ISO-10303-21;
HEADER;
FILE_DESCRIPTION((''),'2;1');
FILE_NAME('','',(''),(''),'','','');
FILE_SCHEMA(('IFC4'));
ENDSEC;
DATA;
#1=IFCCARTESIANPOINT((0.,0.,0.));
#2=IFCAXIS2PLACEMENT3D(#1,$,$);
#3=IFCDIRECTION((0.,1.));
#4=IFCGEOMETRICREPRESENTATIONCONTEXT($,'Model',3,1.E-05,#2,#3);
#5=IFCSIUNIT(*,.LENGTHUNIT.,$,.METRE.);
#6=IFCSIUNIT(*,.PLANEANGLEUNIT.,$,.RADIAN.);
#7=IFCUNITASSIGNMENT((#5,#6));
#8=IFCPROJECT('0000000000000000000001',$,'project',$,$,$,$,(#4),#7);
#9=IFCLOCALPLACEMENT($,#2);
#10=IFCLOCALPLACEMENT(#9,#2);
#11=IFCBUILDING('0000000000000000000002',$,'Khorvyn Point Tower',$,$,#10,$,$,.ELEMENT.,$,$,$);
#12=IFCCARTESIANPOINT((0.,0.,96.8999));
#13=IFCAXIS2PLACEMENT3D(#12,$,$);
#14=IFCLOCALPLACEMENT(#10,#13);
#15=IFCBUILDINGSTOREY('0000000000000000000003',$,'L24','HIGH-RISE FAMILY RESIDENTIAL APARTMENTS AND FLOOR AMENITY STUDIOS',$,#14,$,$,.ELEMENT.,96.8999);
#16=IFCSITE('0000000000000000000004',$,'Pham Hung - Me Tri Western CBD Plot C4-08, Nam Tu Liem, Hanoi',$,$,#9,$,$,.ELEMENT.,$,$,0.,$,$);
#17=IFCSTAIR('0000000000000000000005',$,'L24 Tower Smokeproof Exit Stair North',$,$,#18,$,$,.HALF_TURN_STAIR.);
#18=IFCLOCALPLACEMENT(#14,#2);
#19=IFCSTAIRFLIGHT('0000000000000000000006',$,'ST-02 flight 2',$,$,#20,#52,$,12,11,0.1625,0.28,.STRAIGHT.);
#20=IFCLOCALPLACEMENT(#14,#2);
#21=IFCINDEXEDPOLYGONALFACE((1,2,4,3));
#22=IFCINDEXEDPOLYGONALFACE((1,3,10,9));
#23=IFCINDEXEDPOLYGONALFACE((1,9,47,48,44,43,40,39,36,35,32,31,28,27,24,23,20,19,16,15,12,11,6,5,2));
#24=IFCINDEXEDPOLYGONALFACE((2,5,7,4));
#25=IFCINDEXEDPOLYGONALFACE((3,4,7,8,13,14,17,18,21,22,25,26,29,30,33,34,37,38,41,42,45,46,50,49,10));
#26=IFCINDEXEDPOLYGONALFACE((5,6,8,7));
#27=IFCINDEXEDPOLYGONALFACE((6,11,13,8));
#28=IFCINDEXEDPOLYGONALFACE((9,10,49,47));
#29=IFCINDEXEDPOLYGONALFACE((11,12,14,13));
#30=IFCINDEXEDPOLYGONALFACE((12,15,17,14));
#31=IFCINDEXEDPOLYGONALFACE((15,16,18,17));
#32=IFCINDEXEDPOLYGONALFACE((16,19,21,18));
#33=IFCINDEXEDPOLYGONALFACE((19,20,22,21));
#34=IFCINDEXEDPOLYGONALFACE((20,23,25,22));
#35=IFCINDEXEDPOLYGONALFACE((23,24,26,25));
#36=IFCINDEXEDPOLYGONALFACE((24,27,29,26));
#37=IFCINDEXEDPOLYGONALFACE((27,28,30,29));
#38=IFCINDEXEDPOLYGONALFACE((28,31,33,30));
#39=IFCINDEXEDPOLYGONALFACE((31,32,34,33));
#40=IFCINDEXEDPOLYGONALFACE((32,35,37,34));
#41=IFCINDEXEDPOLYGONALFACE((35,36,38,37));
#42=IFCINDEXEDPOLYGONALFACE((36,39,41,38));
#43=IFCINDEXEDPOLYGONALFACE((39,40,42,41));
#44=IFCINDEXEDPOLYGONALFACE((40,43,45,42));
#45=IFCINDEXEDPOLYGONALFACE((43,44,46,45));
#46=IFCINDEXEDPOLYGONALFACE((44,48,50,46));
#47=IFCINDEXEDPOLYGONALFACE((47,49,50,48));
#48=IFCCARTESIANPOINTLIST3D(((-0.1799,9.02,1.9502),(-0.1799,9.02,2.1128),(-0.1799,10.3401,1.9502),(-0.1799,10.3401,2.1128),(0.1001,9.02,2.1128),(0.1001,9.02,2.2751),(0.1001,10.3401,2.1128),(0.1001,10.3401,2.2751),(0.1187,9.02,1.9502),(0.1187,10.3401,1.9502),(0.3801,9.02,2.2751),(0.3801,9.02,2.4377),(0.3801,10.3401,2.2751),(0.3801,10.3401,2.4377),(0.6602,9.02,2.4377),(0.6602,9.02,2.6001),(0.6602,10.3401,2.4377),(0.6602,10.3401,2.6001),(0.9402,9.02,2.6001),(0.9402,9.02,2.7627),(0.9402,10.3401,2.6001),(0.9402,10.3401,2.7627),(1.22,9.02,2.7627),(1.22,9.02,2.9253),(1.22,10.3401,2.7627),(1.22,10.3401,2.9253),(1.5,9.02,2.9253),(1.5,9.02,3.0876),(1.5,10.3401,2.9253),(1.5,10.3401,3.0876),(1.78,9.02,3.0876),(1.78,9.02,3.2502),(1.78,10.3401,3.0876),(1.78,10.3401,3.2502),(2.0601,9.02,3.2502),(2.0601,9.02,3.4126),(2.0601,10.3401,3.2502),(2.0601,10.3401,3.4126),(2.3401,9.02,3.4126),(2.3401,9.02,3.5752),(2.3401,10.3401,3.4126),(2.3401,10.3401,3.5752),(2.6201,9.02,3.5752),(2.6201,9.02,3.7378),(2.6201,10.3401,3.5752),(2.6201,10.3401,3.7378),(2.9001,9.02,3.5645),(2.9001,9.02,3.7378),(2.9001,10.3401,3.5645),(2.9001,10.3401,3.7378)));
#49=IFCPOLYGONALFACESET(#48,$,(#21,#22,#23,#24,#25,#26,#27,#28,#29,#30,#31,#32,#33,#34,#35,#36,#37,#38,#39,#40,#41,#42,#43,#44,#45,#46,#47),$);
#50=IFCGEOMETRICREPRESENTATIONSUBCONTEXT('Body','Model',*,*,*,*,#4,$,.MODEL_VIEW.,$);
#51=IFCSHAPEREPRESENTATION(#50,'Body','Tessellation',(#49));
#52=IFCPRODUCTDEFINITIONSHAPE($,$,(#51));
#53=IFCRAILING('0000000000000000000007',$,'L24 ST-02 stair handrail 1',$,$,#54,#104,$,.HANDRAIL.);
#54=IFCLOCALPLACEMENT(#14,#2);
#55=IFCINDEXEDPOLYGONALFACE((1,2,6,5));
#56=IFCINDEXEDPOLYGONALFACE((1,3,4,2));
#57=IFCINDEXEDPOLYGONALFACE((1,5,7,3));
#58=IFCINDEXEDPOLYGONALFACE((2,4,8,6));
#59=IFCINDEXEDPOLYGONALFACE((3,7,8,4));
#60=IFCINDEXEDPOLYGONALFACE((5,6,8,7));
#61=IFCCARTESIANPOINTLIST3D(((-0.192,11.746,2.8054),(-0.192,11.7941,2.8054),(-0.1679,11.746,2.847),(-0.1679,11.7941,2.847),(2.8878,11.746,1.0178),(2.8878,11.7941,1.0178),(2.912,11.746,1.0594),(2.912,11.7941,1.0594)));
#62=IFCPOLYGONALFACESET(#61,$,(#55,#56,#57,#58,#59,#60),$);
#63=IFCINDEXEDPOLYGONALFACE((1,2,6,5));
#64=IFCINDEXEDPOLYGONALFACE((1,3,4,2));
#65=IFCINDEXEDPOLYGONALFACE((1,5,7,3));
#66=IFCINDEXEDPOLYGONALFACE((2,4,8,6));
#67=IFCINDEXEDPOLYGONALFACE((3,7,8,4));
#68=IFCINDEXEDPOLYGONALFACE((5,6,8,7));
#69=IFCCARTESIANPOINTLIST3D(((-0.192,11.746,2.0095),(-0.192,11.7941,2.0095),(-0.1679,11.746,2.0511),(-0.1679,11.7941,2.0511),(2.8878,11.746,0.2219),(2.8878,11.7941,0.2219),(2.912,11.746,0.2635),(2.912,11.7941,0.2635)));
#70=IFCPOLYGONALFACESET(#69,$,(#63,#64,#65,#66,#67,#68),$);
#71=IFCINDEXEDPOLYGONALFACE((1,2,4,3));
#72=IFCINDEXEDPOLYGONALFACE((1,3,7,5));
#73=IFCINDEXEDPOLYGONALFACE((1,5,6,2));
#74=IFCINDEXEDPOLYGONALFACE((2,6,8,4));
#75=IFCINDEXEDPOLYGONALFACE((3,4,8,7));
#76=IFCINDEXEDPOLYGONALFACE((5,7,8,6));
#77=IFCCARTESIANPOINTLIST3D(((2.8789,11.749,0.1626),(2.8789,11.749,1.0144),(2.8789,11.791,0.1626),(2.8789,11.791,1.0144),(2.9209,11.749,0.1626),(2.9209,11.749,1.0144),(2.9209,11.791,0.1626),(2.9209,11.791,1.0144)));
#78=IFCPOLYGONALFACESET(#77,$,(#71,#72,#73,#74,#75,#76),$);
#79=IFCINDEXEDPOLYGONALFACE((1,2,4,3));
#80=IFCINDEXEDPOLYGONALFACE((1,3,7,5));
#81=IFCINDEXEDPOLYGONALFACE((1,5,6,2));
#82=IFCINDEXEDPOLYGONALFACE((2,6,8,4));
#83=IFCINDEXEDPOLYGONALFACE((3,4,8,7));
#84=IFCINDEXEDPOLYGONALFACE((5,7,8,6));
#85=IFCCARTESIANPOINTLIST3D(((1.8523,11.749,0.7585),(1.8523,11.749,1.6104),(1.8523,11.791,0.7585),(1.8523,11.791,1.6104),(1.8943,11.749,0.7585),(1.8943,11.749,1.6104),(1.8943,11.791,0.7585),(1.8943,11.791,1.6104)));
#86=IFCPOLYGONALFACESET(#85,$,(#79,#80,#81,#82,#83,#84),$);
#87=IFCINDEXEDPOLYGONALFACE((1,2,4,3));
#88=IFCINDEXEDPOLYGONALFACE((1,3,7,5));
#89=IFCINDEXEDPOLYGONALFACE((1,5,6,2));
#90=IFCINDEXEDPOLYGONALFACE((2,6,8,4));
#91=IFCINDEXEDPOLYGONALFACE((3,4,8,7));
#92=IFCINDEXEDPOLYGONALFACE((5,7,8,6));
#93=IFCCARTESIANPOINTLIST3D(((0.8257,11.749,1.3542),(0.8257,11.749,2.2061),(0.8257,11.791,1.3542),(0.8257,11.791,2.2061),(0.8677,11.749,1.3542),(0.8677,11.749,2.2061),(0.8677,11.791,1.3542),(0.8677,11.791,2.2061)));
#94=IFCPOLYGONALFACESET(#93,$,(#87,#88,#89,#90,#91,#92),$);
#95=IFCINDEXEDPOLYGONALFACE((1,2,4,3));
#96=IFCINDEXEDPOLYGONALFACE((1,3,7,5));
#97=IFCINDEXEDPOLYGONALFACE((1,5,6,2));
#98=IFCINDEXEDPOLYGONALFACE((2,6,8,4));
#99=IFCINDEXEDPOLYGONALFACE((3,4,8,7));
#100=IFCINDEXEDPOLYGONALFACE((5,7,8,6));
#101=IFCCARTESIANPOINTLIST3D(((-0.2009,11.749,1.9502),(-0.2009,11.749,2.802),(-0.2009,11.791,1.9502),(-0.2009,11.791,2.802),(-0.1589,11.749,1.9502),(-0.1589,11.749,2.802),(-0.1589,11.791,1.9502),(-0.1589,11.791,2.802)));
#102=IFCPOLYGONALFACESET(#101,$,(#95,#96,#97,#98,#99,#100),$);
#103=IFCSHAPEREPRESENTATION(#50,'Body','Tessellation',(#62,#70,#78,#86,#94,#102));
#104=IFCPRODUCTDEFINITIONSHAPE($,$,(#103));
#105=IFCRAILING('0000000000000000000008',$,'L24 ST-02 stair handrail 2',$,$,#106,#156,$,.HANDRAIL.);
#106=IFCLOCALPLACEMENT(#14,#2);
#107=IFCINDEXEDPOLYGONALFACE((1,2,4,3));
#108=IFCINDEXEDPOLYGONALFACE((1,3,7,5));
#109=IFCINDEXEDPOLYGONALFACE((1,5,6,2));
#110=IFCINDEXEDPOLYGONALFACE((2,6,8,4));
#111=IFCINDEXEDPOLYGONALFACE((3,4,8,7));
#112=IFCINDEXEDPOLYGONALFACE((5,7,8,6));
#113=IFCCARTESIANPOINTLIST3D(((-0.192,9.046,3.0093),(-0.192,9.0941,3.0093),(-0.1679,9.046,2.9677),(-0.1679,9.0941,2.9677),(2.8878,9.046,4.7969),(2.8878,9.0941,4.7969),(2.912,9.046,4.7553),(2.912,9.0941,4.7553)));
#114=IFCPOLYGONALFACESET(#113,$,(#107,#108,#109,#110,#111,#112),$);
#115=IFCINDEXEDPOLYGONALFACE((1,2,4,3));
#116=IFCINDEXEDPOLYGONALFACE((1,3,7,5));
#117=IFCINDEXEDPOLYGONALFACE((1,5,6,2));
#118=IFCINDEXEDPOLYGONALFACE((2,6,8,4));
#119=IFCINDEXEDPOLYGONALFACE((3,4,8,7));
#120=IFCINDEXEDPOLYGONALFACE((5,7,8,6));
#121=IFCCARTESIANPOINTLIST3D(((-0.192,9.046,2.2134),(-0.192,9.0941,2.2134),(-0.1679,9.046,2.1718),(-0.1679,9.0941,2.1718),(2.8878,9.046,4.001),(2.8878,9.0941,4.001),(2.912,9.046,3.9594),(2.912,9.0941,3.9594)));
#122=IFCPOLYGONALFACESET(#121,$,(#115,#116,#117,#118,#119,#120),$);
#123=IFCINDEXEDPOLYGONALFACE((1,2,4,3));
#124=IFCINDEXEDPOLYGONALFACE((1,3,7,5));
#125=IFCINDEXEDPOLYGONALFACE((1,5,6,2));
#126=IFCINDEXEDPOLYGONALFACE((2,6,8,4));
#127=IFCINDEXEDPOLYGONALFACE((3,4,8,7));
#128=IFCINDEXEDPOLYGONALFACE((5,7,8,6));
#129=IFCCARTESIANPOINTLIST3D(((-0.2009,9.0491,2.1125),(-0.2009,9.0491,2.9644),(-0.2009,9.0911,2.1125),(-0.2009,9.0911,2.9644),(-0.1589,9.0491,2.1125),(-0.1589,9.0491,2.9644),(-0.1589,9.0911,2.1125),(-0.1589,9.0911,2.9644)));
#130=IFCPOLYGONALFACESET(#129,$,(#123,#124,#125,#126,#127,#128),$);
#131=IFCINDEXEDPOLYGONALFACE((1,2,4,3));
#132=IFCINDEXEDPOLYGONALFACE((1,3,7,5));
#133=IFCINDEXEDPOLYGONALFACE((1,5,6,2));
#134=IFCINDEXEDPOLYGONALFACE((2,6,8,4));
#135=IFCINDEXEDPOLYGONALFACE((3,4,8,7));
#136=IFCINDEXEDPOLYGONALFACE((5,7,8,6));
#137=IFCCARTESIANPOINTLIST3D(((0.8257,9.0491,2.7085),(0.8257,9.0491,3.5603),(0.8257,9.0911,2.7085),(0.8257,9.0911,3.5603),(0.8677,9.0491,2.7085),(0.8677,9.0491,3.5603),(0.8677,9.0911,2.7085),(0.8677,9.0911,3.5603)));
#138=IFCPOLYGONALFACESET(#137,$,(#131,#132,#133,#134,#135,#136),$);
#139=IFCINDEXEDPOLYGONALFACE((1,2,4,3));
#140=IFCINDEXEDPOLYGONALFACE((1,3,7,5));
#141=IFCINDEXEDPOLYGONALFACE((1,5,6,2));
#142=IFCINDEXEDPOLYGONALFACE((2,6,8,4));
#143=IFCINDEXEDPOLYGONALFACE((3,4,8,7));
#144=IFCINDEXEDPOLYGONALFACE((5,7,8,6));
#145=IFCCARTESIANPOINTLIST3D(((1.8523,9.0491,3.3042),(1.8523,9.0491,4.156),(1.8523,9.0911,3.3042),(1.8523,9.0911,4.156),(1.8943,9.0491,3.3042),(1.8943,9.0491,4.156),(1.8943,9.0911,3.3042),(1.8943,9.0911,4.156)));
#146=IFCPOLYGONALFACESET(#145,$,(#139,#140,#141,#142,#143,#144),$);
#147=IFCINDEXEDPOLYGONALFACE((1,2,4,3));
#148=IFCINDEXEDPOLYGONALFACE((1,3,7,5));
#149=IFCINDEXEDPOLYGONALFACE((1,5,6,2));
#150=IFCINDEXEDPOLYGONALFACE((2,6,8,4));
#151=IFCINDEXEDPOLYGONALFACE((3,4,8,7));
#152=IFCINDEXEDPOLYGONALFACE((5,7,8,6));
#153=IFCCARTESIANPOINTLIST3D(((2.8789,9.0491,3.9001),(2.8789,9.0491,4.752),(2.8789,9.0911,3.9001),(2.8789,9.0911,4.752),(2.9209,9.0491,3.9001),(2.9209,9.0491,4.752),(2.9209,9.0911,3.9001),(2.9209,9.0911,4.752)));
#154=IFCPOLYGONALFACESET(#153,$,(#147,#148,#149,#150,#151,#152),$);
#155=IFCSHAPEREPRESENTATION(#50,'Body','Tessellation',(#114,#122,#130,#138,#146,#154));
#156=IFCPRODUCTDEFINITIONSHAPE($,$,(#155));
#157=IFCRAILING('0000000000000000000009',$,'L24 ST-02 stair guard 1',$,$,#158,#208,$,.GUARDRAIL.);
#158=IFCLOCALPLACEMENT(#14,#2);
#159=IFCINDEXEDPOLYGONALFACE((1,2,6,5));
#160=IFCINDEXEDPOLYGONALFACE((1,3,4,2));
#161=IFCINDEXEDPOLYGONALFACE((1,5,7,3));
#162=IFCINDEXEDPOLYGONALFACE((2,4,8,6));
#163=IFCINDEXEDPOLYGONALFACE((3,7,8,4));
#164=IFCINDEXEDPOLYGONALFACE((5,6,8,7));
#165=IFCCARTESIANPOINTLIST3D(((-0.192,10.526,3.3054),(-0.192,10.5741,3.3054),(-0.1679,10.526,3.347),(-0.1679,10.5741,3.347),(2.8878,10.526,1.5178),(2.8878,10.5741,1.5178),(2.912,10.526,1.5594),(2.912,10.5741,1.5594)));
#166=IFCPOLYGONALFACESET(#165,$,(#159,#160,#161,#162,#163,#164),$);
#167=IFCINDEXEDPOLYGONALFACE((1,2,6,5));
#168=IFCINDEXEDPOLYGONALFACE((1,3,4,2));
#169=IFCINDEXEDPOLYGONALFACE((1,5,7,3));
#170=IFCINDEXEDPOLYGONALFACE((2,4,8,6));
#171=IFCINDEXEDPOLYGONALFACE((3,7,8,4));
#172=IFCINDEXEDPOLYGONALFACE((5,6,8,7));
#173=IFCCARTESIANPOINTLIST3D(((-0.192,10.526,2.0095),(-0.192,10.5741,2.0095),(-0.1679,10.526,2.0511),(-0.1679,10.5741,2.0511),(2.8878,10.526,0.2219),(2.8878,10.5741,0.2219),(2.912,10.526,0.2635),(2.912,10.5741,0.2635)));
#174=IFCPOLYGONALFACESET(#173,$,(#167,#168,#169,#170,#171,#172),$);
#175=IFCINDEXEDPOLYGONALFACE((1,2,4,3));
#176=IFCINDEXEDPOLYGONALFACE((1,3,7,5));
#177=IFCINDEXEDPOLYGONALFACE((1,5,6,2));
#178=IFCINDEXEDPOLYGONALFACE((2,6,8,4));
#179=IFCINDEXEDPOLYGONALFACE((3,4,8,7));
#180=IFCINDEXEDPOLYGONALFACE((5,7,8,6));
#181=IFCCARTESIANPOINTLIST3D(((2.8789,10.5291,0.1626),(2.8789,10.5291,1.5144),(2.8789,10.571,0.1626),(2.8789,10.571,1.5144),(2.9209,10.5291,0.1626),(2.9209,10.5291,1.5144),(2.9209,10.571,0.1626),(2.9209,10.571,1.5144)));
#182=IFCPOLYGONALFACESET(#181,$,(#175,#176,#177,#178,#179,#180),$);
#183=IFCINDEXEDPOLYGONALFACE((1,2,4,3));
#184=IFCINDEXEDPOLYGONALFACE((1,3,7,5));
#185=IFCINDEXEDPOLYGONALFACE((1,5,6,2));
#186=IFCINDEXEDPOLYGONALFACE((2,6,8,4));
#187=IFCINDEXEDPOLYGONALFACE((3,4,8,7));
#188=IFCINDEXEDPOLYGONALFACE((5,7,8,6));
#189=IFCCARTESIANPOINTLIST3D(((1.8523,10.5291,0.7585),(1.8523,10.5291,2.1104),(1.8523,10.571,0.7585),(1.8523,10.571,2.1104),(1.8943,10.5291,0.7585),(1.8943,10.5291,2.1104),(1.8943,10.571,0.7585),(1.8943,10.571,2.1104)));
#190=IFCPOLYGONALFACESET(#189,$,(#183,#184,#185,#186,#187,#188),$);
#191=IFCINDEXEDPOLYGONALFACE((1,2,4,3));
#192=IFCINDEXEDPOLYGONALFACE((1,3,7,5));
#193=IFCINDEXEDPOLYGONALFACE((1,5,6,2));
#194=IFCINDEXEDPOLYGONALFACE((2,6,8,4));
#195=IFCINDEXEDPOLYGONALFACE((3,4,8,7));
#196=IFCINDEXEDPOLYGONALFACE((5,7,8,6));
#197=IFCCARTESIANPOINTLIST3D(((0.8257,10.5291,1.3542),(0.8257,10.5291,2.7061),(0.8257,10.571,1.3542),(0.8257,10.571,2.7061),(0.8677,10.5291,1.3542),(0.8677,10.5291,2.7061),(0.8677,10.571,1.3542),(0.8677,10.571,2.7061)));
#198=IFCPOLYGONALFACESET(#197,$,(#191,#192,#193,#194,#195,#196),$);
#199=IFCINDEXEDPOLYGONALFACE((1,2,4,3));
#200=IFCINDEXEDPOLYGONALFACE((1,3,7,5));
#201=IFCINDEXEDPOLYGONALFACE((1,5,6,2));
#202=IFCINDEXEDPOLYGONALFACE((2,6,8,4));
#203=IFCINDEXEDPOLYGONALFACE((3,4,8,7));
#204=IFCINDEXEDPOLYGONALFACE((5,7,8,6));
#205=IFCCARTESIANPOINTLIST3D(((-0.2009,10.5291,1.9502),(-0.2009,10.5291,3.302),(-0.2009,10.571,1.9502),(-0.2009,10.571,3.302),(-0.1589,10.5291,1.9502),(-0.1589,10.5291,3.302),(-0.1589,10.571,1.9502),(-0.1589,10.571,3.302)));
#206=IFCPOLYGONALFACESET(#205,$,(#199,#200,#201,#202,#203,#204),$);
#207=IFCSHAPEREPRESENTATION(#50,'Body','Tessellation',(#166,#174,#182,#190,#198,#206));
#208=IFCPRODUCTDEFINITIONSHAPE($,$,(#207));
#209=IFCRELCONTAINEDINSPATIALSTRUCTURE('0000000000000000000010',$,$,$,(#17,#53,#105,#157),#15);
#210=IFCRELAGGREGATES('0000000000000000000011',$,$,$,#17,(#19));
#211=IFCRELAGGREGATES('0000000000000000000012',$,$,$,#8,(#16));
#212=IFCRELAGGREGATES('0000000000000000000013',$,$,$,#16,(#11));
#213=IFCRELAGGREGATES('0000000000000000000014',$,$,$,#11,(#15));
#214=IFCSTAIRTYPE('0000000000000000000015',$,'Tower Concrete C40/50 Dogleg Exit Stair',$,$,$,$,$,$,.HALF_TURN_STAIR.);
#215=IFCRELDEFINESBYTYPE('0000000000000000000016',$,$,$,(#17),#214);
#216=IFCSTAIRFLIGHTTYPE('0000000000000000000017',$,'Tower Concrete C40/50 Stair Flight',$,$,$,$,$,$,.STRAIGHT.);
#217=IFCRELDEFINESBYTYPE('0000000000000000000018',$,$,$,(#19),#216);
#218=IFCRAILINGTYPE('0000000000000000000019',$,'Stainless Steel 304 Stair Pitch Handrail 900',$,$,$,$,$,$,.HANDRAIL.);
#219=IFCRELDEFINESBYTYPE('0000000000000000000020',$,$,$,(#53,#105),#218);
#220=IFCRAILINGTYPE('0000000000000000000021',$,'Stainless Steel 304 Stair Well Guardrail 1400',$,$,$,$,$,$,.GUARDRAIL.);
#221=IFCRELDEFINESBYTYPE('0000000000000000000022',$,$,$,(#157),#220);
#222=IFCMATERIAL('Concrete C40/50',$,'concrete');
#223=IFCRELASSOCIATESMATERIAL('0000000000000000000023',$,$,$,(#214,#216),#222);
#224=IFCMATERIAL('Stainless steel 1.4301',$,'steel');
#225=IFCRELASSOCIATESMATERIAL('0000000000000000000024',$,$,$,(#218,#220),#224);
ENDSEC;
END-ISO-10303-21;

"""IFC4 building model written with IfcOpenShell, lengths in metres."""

from ifc_helpers import new_model, si_unit, direction, frame, origin, origin_2d, place, context, subcontext, project, spatial, polyline, rectangle, outline, extrude, material, type_object, element, aggregate, save


model = new_model("IFC4")

# Units and contexts
model_context = context("Model", 3, precision=1e-05, world=origin(), true_north=direction((0.0, 1.0)))
body_context = subcontext(model_context, "Body", "Model", "MODEL_VIEW")
ifc_project = project(units=[si_unit("LENGTHUNIT", "METRE"), si_unit("PLANEANGLEUNIT", "RADIAN")], contexts=[model_context])

# Site, building, storey
site_placement = place(None, origin())
site = spatial("IfcSite", under=ifc_project, at=site_placement, Name="Pham Hung - Me Tri Western CBD Plot C4-08, Nam Tu Liem, Hanoi", CompositionType="ELEMENT", RefElevation=0.0)
building_placement = place(site_placement, origin())
building = spatial("IfcBuilding", under=site, at=building_placement, Name="Khorvyn Point Tower", CompositionType="ELEMENT")
storey_placement = place(building_placement, frame((0.0, 0.0, 96.8999)))
storey = spatial("IfcBuildingStorey", under=building, at=storey_placement, Name="L24", Description="HIGH-RISE FAMILY RESIDENTIAL APARTMENTS AND FLOOR AMENITY STUDIOS", CompositionType="ELEMENT", Elevation=96.8999)

# Shared definitions
ifc_material_1 = material(Name="Concrete C40/50", Category="concrete")

# Shared definitions
ifc_material_2 = material(Name="Stainless steel 1.4301", Category="steel")

# Stair, stair flight
stair_type = type_object("IfcStairType", Name="Tower Concrete C40/50 Dogleg Exit Stair", PredefinedType="HALF_TURN_STAIR", material=ifc_material_1)
stair_placement = place(storey_placement, origin())
stair = element("IfcStair", 1, at=stair_placement, inside=storey, type_object=stair_type, Name="L24 Tower Smokeproof Exit Stair North", PredefinedType="HALF_TURN_STAIR")
stair_flight_type = type_object("IfcStairFlightType", Name="Tower Concrete C40/50 Stair Flight", PredefinedType="STRAIGHT", material=ifc_material_1)
stair_flight_1_placement = place(storey_placement, frame((-0.1799, 9.6799, 1.9502), z_axis=(0.0, 0.0, 1.0), x_axis=(1.0, 0.0, 0.0)))
stair_flight_1 = element("IfcStairFlight", 2, at=stair_flight_1_placement, type_object=stair_flight_type, Name="ST-02 flight 2", NumberOfRisers=12, NumberOfTreads=11, PredefinedType="STRAIGHT", RiserHeight=0.1625, TreadLength=0.28, context=body_context, shape_type="SweptSolid", body=[
    extrude(outline(polyline([(0.0, 0.0), (0.0, 0.1626), (0.28, 0.1626), (0.28, 0.325), (0.5601, 0.325), (0.5601, 0.4875), (0.8401, 0.4875), (0.8401, 0.6499), (1.1201, 0.6499), (1.1201, 0.8125), (1.3999, 0.8125), (1.3999, 0.9751), (1.6799, 0.9751), (1.6799, 1.1375), (1.96, 1.1375), (1.96, 1.3), (2.24, 1.3), (2.24, 1.4624), (2.52, 1.4624), (2.52, 1.625), (2.8, 1.625), (2.8, 1.7876), (3.0801, 1.7876), (3.0801, 1.95), (3.0801, 1.6143), (0.2986, 0.0), (0.0, 0.0)])), frame((0.0, 0.6602, 0.0), z_axis=(0.0, -1.0, 0.0), x_axis=(1.0, 0.0, 0.0)), (0.0, 0.0, 1.0), 1.3201),
])
aggregate(stair, [stair_flight_1])

# Railings
railing_type_1 = type_object("IfcRailingType", Name="Stainless Steel 304 Stair Pitch Handrail 900", PredefinedType="HANDRAIL", material=ifc_material_2)
railing_1_placement = place(storey_placement, frame((2.8999, 11.77, 0.1626)))
element("IfcRailing", 3, at=railing_1_placement, inside=storey, type_object=railing_type_1, Name="L24 ST-02 stair handrail 1", PredefinedType="HANDRAIL", context=body_context, shape_type="SweptSolid", body=[
    extrude(rectangle(XDim=0.0481, YDim=0.0481, at=origin_2d()), frame((0.0, 0.0, 0.876), z_axis=(-0.864873, 0.0, 0.50199), x_axis=(0.0, -1.0, 0.0)), (0.0, 0.0, 1.0), 3.561),
    extrude(rectangle(XDim=0.0481, YDim=0.0481, at=origin_2d()), frame((0.0, 0.0, 0.0801), z_axis=(-0.864873, 0.0, 0.50199), x_axis=(0.0, -1.0, 0.0)), (0.0, 0.0, 1.0), 3.561),
    extrude(rectangle(XDim=0.042, YDim=0.042, at=origin_2d()), origin(), (0.0, 0.0, 1.0), 0.8518),
    extrude(rectangle(XDim=0.042, YDim=0.042, at=origin_2d()), frame((-1.0266, 0.0, 0.5959)), (0.0, 0.0, 1.0), 0.8518),
    extrude(rectangle(XDim=0.042, YDim=0.042, at=origin_2d()), frame((-2.0532, 0.0, 1.1917)), (0.0, 0.0, 1.0), 0.8518),
    extrude(rectangle(XDim=0.042, YDim=0.042, at=origin_2d()), frame((-3.0798, 0.0, 1.7876)), (0.0, 0.0, 1.0), 0.8518),
])
railing_2_placement = place(storey_placement, frame((-0.1799, 9.0701, 2.1125)))
element("IfcRailing", 4, at=railing_2_placement, inside=storey, type_object=railing_type_1, Name="L24 ST-02 stair handrail 2", PredefinedType="HANDRAIL", context=body_context, shape_type="SweptSolid", body=[
    extrude(rectangle(XDim=0.0481, YDim=0.0481, at=origin_2d()), frame((0.0, 0.0, 0.876), z_axis=(0.864873, 0.0, 0.50199), x_axis=(0.0, 1.0, 0.0)), (0.0, 0.0, 1.0), 3.561),
    extrude(rectangle(XDim=0.0481, YDim=0.0481, at=origin_2d()), frame((0.0, 0.0, 0.0801), z_axis=(0.864873, 0.0, 0.50199), x_axis=(0.0, 1.0, 0.0)), (0.0, 0.0, 1.0), 3.561),
    extrude(rectangle(XDim=0.042, YDim=0.042, at=origin_2d()), origin(), (0.0, 0.0, 1.0), 0.8518),
    extrude(rectangle(XDim=0.042, YDim=0.042, at=origin_2d()), frame((1.0266, 0.0, 0.5959)), (0.0, 0.0, 1.0), 0.8518),
    extrude(rectangle(XDim=0.042, YDim=0.042, at=origin_2d()), frame((2.0532, 0.0, 1.1917)), (0.0, 0.0, 1.0), 0.8518),
    extrude(rectangle(XDim=0.042, YDim=0.042, at=origin_2d()), frame((3.0798, 0.0, 1.7876)), (0.0, 0.0, 1.0), 0.8518),
])
railing_type_2 = type_object("IfcRailingType", Name="Stainless Steel 304 Stair Well Guardrail 1400", PredefinedType="GUARDRAIL", material=ifc_material_2)
railing_3_placement = place(storey_placement, frame((2.8999, 10.55, 0.1626)))
element("IfcRailing", 5, at=railing_3_placement, inside=storey, type_object=railing_type_2, Name="L24 ST-02 stair guard 1", PredefinedType="GUARDRAIL", context=body_context, shape_type="SweptSolid", body=[
    extrude(rectangle(XDim=0.0481, YDim=0.0481, at=origin_2d()), frame((0.0, 0.0, 1.376), z_axis=(-0.864873, 0.0, 0.50199), x_axis=(0.0, -1.0, 0.0)), (0.0, 0.0, 1.0), 3.561),
    extrude(rectangle(XDim=0.0481, YDim=0.0481, at=origin_2d()), frame((0.0, 0.0, 0.0801), z_axis=(-0.864873, 0.0, 0.50199), x_axis=(0.0, -1.0, 0.0)), (0.0, 0.0, 1.0), 3.561),
    extrude(rectangle(XDim=0.042, YDim=0.042, at=origin_2d()), origin(), (0.0, 0.0, 1.0), 1.3518),
    extrude(rectangle(XDim=0.042, YDim=0.042, at=origin_2d()), frame((-1.0266, 0.0, 0.5959)), (0.0, 0.0, 1.0), 1.3518),
    extrude(rectangle(XDim=0.042, YDim=0.042, at=origin_2d()), frame((-2.0532, 0.0, 1.1917)), (0.0, 0.0, 1.0), 1.3518),
    extrude(rectangle(XDim=0.042, YDim=0.042, at=origin_2d()), frame((-3.0798, 0.0, 1.7876)), (0.0, 0.0, 1.0), 1.3518),
])

save(model, "model.ifc")
